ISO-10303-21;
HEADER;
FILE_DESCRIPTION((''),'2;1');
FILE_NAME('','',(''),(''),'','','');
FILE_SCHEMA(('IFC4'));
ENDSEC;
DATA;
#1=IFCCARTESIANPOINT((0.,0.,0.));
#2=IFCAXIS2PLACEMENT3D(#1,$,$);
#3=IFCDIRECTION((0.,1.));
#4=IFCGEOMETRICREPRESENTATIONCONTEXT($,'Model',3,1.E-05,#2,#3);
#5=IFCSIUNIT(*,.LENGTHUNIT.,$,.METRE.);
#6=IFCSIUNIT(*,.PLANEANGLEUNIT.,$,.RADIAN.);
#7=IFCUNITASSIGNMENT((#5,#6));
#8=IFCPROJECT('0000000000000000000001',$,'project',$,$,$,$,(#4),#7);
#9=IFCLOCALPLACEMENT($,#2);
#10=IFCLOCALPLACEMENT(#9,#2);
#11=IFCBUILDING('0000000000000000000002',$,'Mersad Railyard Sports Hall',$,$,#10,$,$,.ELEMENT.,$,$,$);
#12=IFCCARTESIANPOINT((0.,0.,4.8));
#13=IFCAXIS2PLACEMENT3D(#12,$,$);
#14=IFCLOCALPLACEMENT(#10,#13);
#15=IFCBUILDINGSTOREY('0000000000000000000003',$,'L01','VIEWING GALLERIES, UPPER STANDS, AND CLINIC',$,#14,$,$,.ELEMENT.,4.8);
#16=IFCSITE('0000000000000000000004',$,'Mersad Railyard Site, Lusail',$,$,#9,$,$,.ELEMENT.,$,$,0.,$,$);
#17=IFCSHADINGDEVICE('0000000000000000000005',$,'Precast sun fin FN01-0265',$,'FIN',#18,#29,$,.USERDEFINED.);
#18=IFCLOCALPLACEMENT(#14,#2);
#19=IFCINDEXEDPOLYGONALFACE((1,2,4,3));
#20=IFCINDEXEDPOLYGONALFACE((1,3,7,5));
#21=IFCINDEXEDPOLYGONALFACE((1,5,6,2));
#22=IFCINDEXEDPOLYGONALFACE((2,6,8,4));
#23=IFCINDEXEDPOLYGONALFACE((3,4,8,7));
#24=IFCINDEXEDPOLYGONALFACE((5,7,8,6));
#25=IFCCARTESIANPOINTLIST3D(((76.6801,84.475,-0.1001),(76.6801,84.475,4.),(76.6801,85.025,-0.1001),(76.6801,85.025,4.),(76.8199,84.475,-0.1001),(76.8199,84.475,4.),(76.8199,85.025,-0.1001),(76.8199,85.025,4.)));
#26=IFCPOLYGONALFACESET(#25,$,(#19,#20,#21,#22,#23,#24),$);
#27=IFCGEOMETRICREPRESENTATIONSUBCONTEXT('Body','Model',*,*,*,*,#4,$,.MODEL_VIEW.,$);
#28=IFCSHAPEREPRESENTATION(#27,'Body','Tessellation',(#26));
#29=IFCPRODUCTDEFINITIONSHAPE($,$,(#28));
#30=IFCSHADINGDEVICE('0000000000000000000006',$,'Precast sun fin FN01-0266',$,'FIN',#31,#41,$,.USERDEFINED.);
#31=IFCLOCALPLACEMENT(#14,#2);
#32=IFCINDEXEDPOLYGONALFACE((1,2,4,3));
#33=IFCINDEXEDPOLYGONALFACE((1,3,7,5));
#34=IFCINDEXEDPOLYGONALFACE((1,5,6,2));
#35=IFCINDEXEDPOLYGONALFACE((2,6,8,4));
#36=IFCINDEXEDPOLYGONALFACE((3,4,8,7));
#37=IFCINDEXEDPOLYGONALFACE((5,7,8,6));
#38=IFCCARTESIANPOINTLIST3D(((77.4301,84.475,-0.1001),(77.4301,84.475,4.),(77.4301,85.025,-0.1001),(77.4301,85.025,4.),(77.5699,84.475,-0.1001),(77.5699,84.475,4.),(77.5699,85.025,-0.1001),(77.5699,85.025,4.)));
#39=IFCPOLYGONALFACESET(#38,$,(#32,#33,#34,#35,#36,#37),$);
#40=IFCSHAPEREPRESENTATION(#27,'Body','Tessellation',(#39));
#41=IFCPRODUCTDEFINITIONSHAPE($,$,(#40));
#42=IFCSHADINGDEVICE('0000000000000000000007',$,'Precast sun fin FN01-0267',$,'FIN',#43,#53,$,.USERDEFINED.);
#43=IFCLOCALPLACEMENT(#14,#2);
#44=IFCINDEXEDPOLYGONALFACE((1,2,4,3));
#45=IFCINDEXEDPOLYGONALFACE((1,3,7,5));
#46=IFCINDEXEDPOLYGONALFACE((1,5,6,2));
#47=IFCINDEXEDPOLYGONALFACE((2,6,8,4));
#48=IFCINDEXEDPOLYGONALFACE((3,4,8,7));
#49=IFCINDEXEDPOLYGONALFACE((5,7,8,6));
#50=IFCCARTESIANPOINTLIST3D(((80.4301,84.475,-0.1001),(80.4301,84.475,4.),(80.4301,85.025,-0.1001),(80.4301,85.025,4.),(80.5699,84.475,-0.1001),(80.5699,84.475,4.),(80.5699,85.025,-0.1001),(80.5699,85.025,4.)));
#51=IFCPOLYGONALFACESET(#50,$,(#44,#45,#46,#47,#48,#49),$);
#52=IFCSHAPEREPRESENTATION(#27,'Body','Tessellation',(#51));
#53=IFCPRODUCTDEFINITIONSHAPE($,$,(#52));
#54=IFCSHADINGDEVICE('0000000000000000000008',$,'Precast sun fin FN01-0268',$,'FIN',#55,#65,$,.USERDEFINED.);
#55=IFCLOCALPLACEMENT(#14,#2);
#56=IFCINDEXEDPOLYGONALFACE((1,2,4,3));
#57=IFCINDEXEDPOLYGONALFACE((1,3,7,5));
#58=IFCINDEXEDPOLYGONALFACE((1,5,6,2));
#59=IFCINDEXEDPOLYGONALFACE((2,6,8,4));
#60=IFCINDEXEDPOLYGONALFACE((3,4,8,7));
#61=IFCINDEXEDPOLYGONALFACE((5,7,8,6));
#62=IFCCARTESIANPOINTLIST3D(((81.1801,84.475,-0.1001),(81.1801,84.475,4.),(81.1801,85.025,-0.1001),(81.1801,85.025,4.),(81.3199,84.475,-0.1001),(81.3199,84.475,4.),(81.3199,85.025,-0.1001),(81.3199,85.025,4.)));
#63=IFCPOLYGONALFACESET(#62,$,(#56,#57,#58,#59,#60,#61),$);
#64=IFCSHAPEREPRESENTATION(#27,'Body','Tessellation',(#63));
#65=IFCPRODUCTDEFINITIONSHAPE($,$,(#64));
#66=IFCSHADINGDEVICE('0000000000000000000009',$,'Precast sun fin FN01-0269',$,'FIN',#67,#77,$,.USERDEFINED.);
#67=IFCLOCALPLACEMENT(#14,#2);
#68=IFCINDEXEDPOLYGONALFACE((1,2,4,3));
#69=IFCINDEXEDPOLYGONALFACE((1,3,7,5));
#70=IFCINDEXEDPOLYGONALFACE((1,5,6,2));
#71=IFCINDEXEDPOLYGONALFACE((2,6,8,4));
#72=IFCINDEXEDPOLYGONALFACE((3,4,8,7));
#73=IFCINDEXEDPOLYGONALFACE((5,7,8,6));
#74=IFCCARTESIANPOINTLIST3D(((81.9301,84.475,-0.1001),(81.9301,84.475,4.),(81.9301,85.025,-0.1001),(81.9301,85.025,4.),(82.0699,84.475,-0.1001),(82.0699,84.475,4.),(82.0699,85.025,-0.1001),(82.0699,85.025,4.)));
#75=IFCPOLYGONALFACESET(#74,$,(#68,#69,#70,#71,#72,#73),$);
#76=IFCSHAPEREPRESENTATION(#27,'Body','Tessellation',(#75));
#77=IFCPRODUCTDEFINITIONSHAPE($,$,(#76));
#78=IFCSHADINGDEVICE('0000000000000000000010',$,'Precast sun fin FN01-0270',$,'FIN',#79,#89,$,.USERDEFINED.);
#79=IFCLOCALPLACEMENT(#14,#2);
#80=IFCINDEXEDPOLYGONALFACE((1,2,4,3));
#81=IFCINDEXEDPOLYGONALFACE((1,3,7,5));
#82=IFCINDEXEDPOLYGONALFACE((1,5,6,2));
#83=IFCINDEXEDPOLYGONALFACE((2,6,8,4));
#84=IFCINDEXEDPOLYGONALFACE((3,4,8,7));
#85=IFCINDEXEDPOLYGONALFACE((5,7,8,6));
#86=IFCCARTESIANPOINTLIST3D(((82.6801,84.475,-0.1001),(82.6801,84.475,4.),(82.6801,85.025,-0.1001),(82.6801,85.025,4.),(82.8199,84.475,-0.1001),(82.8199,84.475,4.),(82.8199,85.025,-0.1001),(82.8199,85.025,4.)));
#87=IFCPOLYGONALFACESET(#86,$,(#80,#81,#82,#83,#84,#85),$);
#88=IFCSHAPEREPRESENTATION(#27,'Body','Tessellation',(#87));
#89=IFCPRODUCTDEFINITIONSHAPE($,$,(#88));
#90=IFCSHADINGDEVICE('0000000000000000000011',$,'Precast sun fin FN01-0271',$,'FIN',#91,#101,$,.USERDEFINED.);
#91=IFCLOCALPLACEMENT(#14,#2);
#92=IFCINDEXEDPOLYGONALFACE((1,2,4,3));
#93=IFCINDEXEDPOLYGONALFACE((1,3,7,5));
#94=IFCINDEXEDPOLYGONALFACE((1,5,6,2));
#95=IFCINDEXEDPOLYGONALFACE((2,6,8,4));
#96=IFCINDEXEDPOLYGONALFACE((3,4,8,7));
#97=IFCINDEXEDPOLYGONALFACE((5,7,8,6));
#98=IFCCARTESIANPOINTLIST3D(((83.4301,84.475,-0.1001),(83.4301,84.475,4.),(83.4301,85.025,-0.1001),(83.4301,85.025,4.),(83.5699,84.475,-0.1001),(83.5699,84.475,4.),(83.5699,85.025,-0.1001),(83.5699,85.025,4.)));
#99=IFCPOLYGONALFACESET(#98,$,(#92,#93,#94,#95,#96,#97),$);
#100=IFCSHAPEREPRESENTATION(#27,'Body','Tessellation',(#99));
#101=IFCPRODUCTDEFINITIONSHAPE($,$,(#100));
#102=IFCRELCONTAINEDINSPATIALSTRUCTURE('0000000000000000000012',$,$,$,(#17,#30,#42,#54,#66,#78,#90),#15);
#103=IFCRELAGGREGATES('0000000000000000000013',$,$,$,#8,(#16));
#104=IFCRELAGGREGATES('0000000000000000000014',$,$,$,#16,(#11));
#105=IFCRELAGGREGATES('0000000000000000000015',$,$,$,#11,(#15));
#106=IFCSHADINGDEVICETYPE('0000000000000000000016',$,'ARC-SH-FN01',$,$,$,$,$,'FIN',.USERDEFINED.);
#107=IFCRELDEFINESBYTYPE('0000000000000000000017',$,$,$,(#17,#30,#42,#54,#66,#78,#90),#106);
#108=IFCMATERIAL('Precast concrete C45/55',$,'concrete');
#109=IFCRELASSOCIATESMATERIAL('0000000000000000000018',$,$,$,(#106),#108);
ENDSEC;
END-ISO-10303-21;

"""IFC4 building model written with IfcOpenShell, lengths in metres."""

from ifc_helpers import new_model, si_unit, direction, frame, origin, origin_2d, place, context, subcontext, project, spatial, rectangle, extrude, material, type_object, element, save


model = new_model("IFC4")

# Units and contexts
model_context = context("Model", 3, precision=1e-05, world=origin(), true_north=direction((0.0, 1.0)))
body_context = subcontext(model_context, "Body", "Model", "MODEL_VIEW")
ifc_project = project(units=[si_unit("LENGTHUNIT", "METRE"), si_unit("PLANEANGLEUNIT", "RADIAN")], contexts=[model_context])

# Site, building, storey
site_placement = place(None, origin())
site = spatial("IfcSite", under=ifc_project, at=site_placement, Name="Mersad Railyard Site, Lusail", CompositionType="ELEMENT", RefElevation=0.0)
building_placement = place(site_placement, origin())
building = spatial("IfcBuilding", under=site, at=building_placement, Name="Mersad Railyard Sports Hall", CompositionType="ELEMENT")
storey_placement = place(building_placement, frame((0.0, 0.0, 4.8)))
storey = spatial("IfcBuildingStorey", under=building, at=storey_placement, Name="L01", Description="VIEWING GALLERIES, UPPER STANDS, AND CLINIC", CompositionType="ELEMENT", Elevation=4.8)

# Shading devices
ifc_material_1 = material(Name="Precast concrete C45/55", Category="concrete")
shading_device_type = type_object("IfcShadingDeviceType", Name="ARC-SH-FN01", ElementType="FIN", PredefinedType="USERDEFINED", material=ifc_material_1)
for number, where, z_axis, x_axis, name in (
    (1, (76.75, 84.75, -0.1001), (0.0, 0.0, 1.0), (1.0, 0.0, 0.0), "Precast sun fin FN01-0265"),
    (2, (77.5, 84.75, -0.1001), (0.0, 0.0, 1.0), (1.0, 0.0, 0.0), "Precast sun fin FN01-0266"),
    (3, (80.5, 84.75, -0.1001), (0.0, 0.0, 1.0), (1.0, 0.0, 0.0), "Precast sun fin FN01-0267"),
    (4, (81.25, 84.75, -0.1001), (0.0, 0.0, 1.0), (1.0, 0.0, 0.0), "Precast sun fin FN01-0268"),
    (5, (82.0, 84.75, -0.1001), (0.0, 0.0, 1.0), (1.0, 0.0, 0.0), "Precast sun fin FN01-0269"),
    (6, (82.75, 84.75, -0.1001), (0.0, 0.0, 1.0), (1.0, 0.0, 0.0), "Precast sun fin FN01-0270"),
    (7, (83.5, 84.75, -0.1001), (0.0, 0.0, 1.0), (1.0, 0.0, 0.0), "Precast sun fin FN01-0271"),
):
    element("IfcShadingDevice", number, at=place(storey_placement, frame(where, z_axis=z_axis, x_axis=x_axis)), inside=storey, type_object=shading_device_type, Name=name, ObjectType="FIN", PredefinedType="USERDEFINED", context=body_context, shape_type="SweptSolid", body=[
        extrude(rectangle(XDim=0.1399, YDim=0.55, at=origin_2d()), origin(), (0.0, 0.0, 1.0), 4.1001),
    ])

save(model, "model.ifc")
